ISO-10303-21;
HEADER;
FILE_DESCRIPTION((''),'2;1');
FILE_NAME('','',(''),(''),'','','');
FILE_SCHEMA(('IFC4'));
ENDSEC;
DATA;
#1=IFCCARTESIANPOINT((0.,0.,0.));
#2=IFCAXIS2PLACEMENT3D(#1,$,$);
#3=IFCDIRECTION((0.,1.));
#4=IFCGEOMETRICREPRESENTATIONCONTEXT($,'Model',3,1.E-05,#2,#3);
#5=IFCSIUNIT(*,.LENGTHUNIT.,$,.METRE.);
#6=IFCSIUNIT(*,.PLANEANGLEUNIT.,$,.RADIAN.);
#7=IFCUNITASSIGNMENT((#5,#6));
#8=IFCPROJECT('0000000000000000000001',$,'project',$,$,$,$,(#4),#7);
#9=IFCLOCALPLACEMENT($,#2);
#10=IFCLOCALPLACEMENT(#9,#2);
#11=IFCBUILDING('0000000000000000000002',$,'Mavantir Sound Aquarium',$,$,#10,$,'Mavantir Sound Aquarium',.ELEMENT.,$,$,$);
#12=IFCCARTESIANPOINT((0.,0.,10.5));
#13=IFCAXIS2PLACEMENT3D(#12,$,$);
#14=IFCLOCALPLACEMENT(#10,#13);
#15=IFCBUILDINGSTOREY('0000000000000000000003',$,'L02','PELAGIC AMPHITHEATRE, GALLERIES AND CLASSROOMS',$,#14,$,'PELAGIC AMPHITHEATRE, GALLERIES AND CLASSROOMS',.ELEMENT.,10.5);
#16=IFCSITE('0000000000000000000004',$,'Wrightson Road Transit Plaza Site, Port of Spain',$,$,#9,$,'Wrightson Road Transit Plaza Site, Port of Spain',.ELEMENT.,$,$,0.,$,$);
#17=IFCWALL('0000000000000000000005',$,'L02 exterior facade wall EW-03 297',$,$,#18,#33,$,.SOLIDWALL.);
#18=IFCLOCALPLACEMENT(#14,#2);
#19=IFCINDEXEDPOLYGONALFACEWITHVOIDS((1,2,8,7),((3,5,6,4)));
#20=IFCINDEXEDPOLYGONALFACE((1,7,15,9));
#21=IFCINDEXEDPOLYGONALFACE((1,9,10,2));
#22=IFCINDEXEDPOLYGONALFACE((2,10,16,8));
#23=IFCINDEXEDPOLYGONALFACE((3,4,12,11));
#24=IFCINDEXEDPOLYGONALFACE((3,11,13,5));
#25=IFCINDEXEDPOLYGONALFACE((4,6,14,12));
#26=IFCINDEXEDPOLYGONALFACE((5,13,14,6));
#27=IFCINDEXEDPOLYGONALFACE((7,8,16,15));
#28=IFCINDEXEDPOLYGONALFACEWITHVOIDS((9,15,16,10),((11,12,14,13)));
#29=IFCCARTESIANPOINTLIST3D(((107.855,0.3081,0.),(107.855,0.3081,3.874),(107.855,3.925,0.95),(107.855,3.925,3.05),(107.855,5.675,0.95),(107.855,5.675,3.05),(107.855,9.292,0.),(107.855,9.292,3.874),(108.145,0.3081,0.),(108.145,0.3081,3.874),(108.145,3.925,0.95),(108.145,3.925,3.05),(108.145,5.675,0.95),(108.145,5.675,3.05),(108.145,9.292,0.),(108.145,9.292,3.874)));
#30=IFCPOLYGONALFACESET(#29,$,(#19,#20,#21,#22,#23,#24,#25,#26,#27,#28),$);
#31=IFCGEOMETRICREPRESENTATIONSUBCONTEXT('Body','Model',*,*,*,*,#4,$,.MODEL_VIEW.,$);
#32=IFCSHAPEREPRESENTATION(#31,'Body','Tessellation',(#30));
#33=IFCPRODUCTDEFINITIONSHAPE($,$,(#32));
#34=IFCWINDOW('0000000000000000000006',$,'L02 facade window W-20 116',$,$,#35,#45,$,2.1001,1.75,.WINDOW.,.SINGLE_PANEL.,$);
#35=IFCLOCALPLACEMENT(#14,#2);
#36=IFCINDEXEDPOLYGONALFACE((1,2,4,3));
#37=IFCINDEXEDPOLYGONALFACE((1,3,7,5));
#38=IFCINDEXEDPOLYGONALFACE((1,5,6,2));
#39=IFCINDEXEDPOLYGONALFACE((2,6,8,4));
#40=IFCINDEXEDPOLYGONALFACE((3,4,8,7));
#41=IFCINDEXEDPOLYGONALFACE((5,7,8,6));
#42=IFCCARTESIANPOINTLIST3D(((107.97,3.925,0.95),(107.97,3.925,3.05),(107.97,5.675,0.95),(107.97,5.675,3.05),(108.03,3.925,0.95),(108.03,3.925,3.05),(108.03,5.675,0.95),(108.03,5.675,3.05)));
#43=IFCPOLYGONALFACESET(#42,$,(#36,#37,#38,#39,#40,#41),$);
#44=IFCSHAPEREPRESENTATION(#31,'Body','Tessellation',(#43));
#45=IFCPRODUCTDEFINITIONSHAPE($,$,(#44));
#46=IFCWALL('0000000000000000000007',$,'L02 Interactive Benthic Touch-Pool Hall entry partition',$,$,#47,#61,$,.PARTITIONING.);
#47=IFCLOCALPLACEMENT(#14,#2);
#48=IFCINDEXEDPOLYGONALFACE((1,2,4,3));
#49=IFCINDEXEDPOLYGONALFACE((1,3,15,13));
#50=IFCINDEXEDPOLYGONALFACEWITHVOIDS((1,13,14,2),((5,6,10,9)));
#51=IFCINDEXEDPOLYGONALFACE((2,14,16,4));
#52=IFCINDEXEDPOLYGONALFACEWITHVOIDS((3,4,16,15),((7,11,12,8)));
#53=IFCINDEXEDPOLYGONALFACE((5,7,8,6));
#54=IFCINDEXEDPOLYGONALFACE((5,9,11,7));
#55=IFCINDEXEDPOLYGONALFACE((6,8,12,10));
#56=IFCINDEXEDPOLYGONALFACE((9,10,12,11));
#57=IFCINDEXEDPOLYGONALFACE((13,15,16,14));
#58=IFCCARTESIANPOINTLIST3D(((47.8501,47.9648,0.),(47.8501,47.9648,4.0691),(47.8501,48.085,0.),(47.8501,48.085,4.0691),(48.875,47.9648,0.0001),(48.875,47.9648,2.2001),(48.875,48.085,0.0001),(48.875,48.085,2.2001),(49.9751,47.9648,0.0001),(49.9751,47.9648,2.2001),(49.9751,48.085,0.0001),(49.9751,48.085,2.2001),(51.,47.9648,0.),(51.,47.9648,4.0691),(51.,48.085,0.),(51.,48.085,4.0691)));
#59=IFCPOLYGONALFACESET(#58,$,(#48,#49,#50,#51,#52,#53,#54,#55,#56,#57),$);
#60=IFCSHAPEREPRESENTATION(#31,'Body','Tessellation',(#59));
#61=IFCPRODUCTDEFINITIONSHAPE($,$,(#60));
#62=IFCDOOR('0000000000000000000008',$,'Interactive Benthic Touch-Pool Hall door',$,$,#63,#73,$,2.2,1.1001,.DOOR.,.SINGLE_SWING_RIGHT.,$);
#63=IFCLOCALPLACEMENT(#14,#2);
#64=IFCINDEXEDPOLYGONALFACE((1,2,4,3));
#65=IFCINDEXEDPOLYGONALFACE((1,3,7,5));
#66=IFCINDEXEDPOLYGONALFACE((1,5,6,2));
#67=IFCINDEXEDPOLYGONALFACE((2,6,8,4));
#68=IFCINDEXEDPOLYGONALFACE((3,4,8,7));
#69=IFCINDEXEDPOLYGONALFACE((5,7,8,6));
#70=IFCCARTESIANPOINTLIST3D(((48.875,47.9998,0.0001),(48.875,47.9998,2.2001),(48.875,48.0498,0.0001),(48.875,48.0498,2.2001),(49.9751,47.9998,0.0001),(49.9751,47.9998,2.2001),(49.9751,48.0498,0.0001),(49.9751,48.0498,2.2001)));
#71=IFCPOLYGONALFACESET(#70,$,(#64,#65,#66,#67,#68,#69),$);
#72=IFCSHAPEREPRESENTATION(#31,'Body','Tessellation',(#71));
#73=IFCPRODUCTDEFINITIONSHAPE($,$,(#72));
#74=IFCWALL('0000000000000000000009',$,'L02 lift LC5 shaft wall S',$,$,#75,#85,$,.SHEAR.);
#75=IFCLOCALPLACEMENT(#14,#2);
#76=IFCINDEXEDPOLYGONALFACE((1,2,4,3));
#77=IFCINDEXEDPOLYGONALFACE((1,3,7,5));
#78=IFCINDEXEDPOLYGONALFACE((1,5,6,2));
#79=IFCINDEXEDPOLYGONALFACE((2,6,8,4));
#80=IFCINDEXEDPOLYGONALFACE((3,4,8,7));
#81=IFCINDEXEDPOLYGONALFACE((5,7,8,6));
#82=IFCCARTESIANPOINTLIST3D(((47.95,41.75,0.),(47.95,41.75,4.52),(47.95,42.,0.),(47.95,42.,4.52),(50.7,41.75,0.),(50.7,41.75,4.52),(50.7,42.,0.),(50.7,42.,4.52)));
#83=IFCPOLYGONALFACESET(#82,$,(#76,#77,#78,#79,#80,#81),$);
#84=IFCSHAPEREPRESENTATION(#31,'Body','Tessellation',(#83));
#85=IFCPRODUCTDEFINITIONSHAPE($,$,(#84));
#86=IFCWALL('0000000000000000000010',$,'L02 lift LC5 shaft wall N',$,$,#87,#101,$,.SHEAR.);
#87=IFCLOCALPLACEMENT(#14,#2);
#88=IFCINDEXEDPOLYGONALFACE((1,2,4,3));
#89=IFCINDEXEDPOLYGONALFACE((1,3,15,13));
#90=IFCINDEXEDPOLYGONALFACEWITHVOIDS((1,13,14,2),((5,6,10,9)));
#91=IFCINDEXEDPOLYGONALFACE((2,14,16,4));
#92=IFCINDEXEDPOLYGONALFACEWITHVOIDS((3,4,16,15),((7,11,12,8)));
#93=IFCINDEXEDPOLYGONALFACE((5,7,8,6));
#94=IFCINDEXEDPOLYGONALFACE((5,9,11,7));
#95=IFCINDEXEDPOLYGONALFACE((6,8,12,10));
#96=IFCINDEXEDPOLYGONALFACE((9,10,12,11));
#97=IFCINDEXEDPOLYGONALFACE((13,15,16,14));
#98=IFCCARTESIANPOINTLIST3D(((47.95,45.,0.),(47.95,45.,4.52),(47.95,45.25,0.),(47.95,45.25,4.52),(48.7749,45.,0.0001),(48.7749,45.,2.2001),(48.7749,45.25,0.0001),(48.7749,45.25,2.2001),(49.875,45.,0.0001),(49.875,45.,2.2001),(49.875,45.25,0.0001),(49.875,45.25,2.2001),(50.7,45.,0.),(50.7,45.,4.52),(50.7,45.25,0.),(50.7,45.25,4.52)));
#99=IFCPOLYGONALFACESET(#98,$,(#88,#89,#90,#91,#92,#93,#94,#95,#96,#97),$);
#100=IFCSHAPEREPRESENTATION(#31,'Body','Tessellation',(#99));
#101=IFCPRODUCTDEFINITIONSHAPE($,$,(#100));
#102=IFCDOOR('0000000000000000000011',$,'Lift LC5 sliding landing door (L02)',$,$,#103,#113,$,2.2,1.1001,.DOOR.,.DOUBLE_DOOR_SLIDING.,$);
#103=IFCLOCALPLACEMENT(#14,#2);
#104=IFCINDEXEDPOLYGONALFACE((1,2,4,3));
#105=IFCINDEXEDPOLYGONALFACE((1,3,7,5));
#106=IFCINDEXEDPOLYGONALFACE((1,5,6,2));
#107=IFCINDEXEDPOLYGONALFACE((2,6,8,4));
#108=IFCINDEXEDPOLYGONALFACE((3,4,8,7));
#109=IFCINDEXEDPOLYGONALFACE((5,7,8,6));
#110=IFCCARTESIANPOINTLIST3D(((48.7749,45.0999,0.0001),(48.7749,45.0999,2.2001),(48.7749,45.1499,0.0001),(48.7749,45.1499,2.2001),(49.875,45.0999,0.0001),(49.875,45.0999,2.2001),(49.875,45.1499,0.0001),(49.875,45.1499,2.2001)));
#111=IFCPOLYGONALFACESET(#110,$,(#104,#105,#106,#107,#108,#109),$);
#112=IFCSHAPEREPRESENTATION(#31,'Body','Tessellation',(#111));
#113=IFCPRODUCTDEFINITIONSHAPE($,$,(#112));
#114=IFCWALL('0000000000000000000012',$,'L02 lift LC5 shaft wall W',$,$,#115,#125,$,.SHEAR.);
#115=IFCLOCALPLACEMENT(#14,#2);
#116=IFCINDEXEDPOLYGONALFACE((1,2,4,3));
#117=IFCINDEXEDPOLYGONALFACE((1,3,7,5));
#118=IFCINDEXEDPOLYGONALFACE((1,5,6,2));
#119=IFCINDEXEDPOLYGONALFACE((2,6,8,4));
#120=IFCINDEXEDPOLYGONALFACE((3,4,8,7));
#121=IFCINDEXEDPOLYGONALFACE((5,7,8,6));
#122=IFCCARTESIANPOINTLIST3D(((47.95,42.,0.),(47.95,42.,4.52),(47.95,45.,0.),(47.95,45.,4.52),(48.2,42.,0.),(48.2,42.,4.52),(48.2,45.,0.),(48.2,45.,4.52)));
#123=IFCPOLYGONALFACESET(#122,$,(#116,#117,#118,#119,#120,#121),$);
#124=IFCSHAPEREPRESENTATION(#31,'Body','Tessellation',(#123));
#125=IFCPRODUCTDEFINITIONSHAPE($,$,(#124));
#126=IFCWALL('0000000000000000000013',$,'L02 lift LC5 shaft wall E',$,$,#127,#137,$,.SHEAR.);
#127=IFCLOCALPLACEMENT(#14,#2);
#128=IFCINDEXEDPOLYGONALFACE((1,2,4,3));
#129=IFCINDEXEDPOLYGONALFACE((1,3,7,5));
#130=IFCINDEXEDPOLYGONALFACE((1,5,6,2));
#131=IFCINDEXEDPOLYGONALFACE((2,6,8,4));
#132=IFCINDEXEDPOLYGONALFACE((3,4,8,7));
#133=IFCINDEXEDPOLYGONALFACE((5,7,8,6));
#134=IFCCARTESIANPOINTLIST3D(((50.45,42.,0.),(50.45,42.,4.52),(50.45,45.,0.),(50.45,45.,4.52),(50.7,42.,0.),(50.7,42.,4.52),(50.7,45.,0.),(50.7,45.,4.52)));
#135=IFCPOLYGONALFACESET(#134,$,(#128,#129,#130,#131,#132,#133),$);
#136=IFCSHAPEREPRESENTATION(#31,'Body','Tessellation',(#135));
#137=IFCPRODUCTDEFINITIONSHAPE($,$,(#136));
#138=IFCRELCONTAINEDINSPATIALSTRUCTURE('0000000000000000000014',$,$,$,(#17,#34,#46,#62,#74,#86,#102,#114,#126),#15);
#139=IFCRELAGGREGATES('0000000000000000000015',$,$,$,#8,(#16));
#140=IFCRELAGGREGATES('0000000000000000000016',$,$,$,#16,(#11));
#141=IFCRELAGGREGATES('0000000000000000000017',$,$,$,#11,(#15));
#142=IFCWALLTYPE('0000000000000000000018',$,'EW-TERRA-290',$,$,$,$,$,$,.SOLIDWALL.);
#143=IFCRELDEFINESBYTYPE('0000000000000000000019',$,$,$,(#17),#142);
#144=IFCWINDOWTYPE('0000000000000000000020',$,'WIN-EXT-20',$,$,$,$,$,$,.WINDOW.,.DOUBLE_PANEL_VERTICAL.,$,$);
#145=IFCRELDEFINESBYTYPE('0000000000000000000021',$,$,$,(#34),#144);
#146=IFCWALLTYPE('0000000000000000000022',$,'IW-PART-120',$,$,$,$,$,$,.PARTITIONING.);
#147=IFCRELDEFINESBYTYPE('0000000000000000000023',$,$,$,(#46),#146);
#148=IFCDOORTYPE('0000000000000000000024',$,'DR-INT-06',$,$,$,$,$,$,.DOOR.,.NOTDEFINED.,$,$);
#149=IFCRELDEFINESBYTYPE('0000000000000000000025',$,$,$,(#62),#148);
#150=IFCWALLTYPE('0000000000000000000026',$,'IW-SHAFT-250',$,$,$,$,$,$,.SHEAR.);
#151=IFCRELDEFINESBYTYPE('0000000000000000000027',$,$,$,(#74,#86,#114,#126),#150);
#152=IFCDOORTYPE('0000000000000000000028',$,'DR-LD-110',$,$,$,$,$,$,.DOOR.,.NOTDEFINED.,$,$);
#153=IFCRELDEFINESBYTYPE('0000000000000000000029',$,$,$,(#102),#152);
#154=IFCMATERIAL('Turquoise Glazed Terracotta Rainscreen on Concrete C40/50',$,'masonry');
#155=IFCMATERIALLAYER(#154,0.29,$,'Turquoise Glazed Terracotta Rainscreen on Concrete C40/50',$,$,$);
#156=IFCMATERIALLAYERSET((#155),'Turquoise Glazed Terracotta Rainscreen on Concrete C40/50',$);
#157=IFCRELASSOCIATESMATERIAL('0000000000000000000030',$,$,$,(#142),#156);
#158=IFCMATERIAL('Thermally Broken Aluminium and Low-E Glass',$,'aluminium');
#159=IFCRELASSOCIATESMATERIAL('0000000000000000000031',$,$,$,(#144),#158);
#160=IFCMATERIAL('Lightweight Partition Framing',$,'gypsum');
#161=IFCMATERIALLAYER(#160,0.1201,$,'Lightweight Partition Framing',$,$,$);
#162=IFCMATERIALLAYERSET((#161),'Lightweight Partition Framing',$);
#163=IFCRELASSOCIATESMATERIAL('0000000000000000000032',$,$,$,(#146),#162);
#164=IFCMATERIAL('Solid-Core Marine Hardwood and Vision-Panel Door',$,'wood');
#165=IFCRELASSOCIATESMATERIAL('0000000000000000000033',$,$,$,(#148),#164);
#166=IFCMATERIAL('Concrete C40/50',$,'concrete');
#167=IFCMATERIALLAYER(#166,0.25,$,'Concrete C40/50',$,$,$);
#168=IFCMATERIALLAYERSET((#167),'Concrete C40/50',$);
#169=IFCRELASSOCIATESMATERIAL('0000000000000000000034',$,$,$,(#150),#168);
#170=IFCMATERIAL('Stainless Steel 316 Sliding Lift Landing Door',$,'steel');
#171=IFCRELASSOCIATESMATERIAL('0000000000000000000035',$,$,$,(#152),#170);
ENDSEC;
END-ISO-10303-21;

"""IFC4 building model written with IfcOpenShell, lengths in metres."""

from ifc_helpers import new_model, si_unit, direction, frame, frame_2d, origin, place, context, subcontext, project, spatial, rectangle, extrude, material, layer, layer_set, type_object, element, fill, save


model = new_model("IFC4")

# Units and contexts
model_context = context("Model", 3, precision=1e-05, world=origin(), true_north=direction((0.0, 1.0)))
body_context = subcontext(model_context, "Body", "Model", "MODEL_VIEW")
ifc_project = project(units=[si_unit("LENGTHUNIT", "METRE"), si_unit("PLANEANGLEUNIT", "RADIAN")], contexts=[model_context])

# Site, building, storey
site_placement = place(None, origin())
site = spatial("IfcSite", under=ifc_project, at=site_placement, Name="Wrightson Road Transit Plaza Site, Port of Spain", LongName="Wrightson Road Transit Plaza Site, Port of Spain", CompositionType="ELEMENT", RefElevation=0.0)
building_placement = place(site_placement, origin())
building = spatial("IfcBuilding", under=site, at=building_placement, Name="Mavantir Sound Aquarium", LongName="Mavantir Sound Aquarium", CompositionType="ELEMENT")
storey_placement = place(building_placement, frame((0.0, 0.0, 10.5)))
storey = spatial("IfcBuildingStorey", under=building, at=storey_placement, Name="L02", Description="PELAGIC AMPHITHEATRE, GALLERIES AND CLASSROOMS", LongName="PELAGIC AMPHITHEATRE, GALLERIES AND CLASSROOMS", CompositionType="ELEMENT", Elevation=10.5)

# Shared definitions
ifc_material_1 = material(Name="Concrete C40/50", Category="concrete")

# Shared definitions
ifc_material_2 = material(Name="Thermally Broken Aluminium and Low-E Glass", Category="aluminium")

# Shared definitions
ifc_material_3 = material(Name="Turquoise Glazed Terracotta Rainscreen on Concrete C40/50", Category="masonry")
ifc_layer_1 = layer(ifc_material_3, 0.29, Name="Turquoise Glazed Terracotta Rainscreen on Concrete C40/50")
ifc_layer_set_1 = layer_set([ifc_layer_1], Name="Turquoise Glazed Terracotta Rainscreen on Concrete C40/50")
wall_type_1 = type_object("IfcWallType", Name="EW-TERRA-290", PredefinedType="SOLIDWALL", material=ifc_layer_set_1)

# Wall, opening, window
wall_1_placement = place(storey_placement, frame((108.0, 9.292, 0.0), z_axis=(0.0, 0.0, 1.0), x_axis=(0.0, -1.0, 0.0)))
wall_1 = element("IfcWall", 1, at=wall_1_placement, inside=storey, type_object=wall_type_1, Name="L02 exterior facade wall EW-03 297", PredefinedType="SOLIDWALL", context=body_context, shape_type="SweptSolid", body=[
    extrude(rectangle(XDim=8.9839, YDim=0.29, at=frame_2d((4.4919, 0.0))), origin(), (0.0, 0.0, 1.0), 3.874),
])
opening_1_placement = place(wall_1_placement, frame((3.6169, 0.0, 0.95)))
opening_1 = element("IfcOpeningElement", 2, at=opening_1_placement, cuts=wall_1, PredefinedType="OPENING", context=body_context, shape_type="SweptSolid", body=[
    extrude(rectangle(XDim=1.75, YDim=2.1001, at=frame_2d((0.875, 1.05))), frame((0.0, 0.155, 0.0), z_axis=(0.0, -1.0, 0.0), x_axis=(1.0, 0.0, 0.0)), (0.0, 0.0, 1.0), 0.3101),
])
window_type_1 = type_object("IfcWindowType", Name="WIN-EXT-20", PartitioningType="DOUBLE_PANEL_VERTICAL", PredefinedType="WINDOW", material=ifc_material_2)
window_1_placement = place(opening_1_placement, origin())
window_1 = element("IfcWindow", 3, at=window_1_placement, inside=storey, type_object=window_type_1, Name="L02 facade window W-20 116", OverallHeight=2.1001, OverallWidth=1.75, PartitioningType="SINGLE_PANEL", PredefinedType="WINDOW", context=body_context, shape_type="SweptSolid", body=[
    extrude(rectangle(XDim=1.75, YDim=2.1001, at=frame_2d((0.875, 1.05))), frame((0.0, 0.03, 0.0), z_axis=(0.0, -1.0, 0.0), x_axis=(1.0, 0.0, 0.0)), (0.0, 0.0, 1.0), 0.0601),
])
fill(opening_1, window_1)

# Wall, opening, door
ifc_material_4 = material(Name="Lightweight Partition Framing", Category="gypsum")
ifc_layer_2 = layer(ifc_material_4, 0.1201, Name="Lightweight Partition Framing")
ifc_layer_set_2 = layer_set([ifc_layer_2], Name="Lightweight Partition Framing")
wall_type_2 = type_object("IfcWallType", Name="IW-PART-120", PredefinedType="PARTITIONING", material=ifc_layer_set_2)
wall_2_placement = place(storey_placement, frame((47.8501, 48.0249, 0.0), z_axis=(0.0, 0.0, 1.0), x_axis=(1.0, 0.0, 0.0)))
wall_2 = element("IfcWall", 4, at=wall_2_placement, inside=storey, type_object=wall_type_2, Name="L02 Interactive Benthic Touch-Pool Hall entry partition", PredefinedType="PARTITIONING", context=body_context, shape_type="SweptSolid", body=[
    extrude(rectangle(XDim=3.1499, YDim=0.1201, at=frame_2d((1.575, 0.0))), origin(), (0.0, 0.0, 1.0), 4.0691),
])
opening_2_placement = place(wall_2_placement, frame((1.0249, 0.0, 0.0)))
opening_2 = element("IfcOpeningElement", 5, at=opening_2_placement, cuts=wall_2, PredefinedType="OPENING", context=body_context, shape_type="SweptSolid", body=[
    extrude(rectangle(XDim=1.1001, YDim=2.2, at=frame_2d((0.55, 1.1001))), frame((0.0, 0.0701, 0.0), z_axis=(0.0, -1.0, 0.0), x_axis=(1.0, 0.0, 0.0)), (0.0, 0.0, 1.0), 0.1401),
])
ifc_material_5 = material(Name="Solid-Core Marine Hardwood and Vision-Panel Door", Category="wood")
door_type_1 = type_object("IfcDoorType", Name="DR-INT-06", OperationType="NOTDEFINED", PredefinedType="DOOR", material=ifc_material_5)
door_1_placement = place(opening_2_placement, origin())
door_1 = element("IfcDoor", 6, at=door_1_placement, inside=storey, type_object=door_type_1, Name="Interactive Benthic Touch-Pool Hall door", OperationType="SINGLE_SWING_RIGHT", OverallHeight=2.2, OverallWidth=1.1001, PredefinedType="DOOR", context=body_context, shape_type="SweptSolid", body=[
    extrude(rectangle(XDim=1.1001, YDim=2.2, at=frame_2d((0.55, 1.1001))), frame((0.0, 0.0249, 0.0), z_axis=(0.0, -1.0, 0.0), x_axis=(1.0, 0.0, 0.0)), (0.0, 0.0, 1.0), 0.05),
])
fill(opening_2, door_1)

# Wall
ifc_layer_3 = layer(ifc_material_1, 0.25, Name="Concrete C40/50")
ifc_layer_set_3 = layer_set([ifc_layer_3], Name="Concrete C40/50")
wall_type_3 = type_object("IfcWallType", Name="IW-SHAFT-250", PredefinedType="SHEAR", material=ifc_layer_set_3)
wall_3_placement = place(storey_placement, frame((47.95, 41.875, 0.0), z_axis=(0.0, 0.0, 1.0), x_axis=(1.0, 0.0, 0.0)))
element("IfcWall", 7, at=wall_3_placement, inside=storey, type_object=wall_type_3, Name="L02 lift LC5 shaft wall S", PredefinedType="SHEAR", context=body_context, shape_type="SweptSolid", body=[
    extrude(rectangle(XDim=2.75, YDim=0.25, at=frame_2d((1.375, 0.0))), origin(), (0.0, 0.0, 1.0), 4.52),
])

# Wall, opening, door
wall_4_placement = place(storey_placement, frame((47.95, 45.125, 0.0), z_axis=(0.0, 0.0, 1.0), x_axis=(1.0, 0.0, 0.0)))
wall_4 = element("IfcWall", 8, at=wall_4_placement, inside=storey, type_object=wall_type_3, Name="L02 lift LC5 shaft wall N", PredefinedType="SHEAR", context=body_context, shape_type="SweptSolid", body=[
    extrude(rectangle(XDim=2.75, YDim=0.25, at=frame_2d((1.375, 0.0))), origin(), (0.0, 0.0, 1.0), 4.52),
])
opening_3_placement = place(wall_4_placement, frame((0.825, 0.0, 0.0)))
opening_3 = element("IfcOpeningElement", 9, at=opening_3_placement, cuts=wall_4, PredefinedType="OPENING", context=body_context, shape_type="SweptSolid", body=[
    extrude(rectangle(XDim=1.1001, YDim=2.2, at=frame_2d((0.55, 1.1001))), frame((0.0, 0.135, 0.0), z_axis=(0.0, -1.0, 0.0), x_axis=(1.0, 0.0, 0.0)), (0.0, 0.0, 1.0), 0.27),
])
ifc_material_6 = material(Name="Stainless Steel 316 Sliding Lift Landing Door", Category="steel")
door_type_2 = type_object("IfcDoorType", Name="DR-LD-110", OperationType="NOTDEFINED", PredefinedType="DOOR", material=ifc_material_6)
door_2_placement = place(opening_3_placement, origin())
door_2 = element("IfcDoor", 10, at=door_2_placement, inside=storey, type_object=door_type_2, Name="Lift LC5 sliding landing door (L02)", OperationType="DOUBLE_DOOR_SLIDING", OverallHeight=2.2, OverallWidth=1.1001, PredefinedType="DOOR", context=body_context, shape_type="SweptSolid", body=[
    extrude(rectangle(XDim=1.1001, YDim=2.2, at=frame_2d((0.55, 1.1001))), frame((0.0, 0.0249, 0.0), z_axis=(0.0, -1.0, 0.0), x_axis=(1.0, 0.0, 0.0)), (0.0, 0.0, 1.0), 0.05),
])
fill(opening_3, door_2)

# Walls
for number, where, z_axis, x_axis, name in (
    (11, (48.075, 42.0, 0.0), (0.0, 0.0, 1.0), (0.0, 1.0, 0.0), "L02 lift LC5 shaft wall W"),
    (12, (50.575, 42.0, 0.0), (0.0, 0.0, 1.0), (0.0, 1.0, 0.0), "L02 lift LC5 shaft wall E"),
):
    element("IfcWall", number, at=place(storey_placement, frame(where, z_axis=z_axis, x_axis=x_axis)), inside=storey, type_object=wall_type_3, Name=name, PredefinedType="SHEAR", context=body_context, shape_type="SweptSolid", body=[
        extrude(rectangle(XDim=3.0, YDim=0.25, at=frame_2d((1.5, 0.0))), origin(), (0.0, 0.0, 1.0), 4.52),
    ])

save(model, "model.ifc")
